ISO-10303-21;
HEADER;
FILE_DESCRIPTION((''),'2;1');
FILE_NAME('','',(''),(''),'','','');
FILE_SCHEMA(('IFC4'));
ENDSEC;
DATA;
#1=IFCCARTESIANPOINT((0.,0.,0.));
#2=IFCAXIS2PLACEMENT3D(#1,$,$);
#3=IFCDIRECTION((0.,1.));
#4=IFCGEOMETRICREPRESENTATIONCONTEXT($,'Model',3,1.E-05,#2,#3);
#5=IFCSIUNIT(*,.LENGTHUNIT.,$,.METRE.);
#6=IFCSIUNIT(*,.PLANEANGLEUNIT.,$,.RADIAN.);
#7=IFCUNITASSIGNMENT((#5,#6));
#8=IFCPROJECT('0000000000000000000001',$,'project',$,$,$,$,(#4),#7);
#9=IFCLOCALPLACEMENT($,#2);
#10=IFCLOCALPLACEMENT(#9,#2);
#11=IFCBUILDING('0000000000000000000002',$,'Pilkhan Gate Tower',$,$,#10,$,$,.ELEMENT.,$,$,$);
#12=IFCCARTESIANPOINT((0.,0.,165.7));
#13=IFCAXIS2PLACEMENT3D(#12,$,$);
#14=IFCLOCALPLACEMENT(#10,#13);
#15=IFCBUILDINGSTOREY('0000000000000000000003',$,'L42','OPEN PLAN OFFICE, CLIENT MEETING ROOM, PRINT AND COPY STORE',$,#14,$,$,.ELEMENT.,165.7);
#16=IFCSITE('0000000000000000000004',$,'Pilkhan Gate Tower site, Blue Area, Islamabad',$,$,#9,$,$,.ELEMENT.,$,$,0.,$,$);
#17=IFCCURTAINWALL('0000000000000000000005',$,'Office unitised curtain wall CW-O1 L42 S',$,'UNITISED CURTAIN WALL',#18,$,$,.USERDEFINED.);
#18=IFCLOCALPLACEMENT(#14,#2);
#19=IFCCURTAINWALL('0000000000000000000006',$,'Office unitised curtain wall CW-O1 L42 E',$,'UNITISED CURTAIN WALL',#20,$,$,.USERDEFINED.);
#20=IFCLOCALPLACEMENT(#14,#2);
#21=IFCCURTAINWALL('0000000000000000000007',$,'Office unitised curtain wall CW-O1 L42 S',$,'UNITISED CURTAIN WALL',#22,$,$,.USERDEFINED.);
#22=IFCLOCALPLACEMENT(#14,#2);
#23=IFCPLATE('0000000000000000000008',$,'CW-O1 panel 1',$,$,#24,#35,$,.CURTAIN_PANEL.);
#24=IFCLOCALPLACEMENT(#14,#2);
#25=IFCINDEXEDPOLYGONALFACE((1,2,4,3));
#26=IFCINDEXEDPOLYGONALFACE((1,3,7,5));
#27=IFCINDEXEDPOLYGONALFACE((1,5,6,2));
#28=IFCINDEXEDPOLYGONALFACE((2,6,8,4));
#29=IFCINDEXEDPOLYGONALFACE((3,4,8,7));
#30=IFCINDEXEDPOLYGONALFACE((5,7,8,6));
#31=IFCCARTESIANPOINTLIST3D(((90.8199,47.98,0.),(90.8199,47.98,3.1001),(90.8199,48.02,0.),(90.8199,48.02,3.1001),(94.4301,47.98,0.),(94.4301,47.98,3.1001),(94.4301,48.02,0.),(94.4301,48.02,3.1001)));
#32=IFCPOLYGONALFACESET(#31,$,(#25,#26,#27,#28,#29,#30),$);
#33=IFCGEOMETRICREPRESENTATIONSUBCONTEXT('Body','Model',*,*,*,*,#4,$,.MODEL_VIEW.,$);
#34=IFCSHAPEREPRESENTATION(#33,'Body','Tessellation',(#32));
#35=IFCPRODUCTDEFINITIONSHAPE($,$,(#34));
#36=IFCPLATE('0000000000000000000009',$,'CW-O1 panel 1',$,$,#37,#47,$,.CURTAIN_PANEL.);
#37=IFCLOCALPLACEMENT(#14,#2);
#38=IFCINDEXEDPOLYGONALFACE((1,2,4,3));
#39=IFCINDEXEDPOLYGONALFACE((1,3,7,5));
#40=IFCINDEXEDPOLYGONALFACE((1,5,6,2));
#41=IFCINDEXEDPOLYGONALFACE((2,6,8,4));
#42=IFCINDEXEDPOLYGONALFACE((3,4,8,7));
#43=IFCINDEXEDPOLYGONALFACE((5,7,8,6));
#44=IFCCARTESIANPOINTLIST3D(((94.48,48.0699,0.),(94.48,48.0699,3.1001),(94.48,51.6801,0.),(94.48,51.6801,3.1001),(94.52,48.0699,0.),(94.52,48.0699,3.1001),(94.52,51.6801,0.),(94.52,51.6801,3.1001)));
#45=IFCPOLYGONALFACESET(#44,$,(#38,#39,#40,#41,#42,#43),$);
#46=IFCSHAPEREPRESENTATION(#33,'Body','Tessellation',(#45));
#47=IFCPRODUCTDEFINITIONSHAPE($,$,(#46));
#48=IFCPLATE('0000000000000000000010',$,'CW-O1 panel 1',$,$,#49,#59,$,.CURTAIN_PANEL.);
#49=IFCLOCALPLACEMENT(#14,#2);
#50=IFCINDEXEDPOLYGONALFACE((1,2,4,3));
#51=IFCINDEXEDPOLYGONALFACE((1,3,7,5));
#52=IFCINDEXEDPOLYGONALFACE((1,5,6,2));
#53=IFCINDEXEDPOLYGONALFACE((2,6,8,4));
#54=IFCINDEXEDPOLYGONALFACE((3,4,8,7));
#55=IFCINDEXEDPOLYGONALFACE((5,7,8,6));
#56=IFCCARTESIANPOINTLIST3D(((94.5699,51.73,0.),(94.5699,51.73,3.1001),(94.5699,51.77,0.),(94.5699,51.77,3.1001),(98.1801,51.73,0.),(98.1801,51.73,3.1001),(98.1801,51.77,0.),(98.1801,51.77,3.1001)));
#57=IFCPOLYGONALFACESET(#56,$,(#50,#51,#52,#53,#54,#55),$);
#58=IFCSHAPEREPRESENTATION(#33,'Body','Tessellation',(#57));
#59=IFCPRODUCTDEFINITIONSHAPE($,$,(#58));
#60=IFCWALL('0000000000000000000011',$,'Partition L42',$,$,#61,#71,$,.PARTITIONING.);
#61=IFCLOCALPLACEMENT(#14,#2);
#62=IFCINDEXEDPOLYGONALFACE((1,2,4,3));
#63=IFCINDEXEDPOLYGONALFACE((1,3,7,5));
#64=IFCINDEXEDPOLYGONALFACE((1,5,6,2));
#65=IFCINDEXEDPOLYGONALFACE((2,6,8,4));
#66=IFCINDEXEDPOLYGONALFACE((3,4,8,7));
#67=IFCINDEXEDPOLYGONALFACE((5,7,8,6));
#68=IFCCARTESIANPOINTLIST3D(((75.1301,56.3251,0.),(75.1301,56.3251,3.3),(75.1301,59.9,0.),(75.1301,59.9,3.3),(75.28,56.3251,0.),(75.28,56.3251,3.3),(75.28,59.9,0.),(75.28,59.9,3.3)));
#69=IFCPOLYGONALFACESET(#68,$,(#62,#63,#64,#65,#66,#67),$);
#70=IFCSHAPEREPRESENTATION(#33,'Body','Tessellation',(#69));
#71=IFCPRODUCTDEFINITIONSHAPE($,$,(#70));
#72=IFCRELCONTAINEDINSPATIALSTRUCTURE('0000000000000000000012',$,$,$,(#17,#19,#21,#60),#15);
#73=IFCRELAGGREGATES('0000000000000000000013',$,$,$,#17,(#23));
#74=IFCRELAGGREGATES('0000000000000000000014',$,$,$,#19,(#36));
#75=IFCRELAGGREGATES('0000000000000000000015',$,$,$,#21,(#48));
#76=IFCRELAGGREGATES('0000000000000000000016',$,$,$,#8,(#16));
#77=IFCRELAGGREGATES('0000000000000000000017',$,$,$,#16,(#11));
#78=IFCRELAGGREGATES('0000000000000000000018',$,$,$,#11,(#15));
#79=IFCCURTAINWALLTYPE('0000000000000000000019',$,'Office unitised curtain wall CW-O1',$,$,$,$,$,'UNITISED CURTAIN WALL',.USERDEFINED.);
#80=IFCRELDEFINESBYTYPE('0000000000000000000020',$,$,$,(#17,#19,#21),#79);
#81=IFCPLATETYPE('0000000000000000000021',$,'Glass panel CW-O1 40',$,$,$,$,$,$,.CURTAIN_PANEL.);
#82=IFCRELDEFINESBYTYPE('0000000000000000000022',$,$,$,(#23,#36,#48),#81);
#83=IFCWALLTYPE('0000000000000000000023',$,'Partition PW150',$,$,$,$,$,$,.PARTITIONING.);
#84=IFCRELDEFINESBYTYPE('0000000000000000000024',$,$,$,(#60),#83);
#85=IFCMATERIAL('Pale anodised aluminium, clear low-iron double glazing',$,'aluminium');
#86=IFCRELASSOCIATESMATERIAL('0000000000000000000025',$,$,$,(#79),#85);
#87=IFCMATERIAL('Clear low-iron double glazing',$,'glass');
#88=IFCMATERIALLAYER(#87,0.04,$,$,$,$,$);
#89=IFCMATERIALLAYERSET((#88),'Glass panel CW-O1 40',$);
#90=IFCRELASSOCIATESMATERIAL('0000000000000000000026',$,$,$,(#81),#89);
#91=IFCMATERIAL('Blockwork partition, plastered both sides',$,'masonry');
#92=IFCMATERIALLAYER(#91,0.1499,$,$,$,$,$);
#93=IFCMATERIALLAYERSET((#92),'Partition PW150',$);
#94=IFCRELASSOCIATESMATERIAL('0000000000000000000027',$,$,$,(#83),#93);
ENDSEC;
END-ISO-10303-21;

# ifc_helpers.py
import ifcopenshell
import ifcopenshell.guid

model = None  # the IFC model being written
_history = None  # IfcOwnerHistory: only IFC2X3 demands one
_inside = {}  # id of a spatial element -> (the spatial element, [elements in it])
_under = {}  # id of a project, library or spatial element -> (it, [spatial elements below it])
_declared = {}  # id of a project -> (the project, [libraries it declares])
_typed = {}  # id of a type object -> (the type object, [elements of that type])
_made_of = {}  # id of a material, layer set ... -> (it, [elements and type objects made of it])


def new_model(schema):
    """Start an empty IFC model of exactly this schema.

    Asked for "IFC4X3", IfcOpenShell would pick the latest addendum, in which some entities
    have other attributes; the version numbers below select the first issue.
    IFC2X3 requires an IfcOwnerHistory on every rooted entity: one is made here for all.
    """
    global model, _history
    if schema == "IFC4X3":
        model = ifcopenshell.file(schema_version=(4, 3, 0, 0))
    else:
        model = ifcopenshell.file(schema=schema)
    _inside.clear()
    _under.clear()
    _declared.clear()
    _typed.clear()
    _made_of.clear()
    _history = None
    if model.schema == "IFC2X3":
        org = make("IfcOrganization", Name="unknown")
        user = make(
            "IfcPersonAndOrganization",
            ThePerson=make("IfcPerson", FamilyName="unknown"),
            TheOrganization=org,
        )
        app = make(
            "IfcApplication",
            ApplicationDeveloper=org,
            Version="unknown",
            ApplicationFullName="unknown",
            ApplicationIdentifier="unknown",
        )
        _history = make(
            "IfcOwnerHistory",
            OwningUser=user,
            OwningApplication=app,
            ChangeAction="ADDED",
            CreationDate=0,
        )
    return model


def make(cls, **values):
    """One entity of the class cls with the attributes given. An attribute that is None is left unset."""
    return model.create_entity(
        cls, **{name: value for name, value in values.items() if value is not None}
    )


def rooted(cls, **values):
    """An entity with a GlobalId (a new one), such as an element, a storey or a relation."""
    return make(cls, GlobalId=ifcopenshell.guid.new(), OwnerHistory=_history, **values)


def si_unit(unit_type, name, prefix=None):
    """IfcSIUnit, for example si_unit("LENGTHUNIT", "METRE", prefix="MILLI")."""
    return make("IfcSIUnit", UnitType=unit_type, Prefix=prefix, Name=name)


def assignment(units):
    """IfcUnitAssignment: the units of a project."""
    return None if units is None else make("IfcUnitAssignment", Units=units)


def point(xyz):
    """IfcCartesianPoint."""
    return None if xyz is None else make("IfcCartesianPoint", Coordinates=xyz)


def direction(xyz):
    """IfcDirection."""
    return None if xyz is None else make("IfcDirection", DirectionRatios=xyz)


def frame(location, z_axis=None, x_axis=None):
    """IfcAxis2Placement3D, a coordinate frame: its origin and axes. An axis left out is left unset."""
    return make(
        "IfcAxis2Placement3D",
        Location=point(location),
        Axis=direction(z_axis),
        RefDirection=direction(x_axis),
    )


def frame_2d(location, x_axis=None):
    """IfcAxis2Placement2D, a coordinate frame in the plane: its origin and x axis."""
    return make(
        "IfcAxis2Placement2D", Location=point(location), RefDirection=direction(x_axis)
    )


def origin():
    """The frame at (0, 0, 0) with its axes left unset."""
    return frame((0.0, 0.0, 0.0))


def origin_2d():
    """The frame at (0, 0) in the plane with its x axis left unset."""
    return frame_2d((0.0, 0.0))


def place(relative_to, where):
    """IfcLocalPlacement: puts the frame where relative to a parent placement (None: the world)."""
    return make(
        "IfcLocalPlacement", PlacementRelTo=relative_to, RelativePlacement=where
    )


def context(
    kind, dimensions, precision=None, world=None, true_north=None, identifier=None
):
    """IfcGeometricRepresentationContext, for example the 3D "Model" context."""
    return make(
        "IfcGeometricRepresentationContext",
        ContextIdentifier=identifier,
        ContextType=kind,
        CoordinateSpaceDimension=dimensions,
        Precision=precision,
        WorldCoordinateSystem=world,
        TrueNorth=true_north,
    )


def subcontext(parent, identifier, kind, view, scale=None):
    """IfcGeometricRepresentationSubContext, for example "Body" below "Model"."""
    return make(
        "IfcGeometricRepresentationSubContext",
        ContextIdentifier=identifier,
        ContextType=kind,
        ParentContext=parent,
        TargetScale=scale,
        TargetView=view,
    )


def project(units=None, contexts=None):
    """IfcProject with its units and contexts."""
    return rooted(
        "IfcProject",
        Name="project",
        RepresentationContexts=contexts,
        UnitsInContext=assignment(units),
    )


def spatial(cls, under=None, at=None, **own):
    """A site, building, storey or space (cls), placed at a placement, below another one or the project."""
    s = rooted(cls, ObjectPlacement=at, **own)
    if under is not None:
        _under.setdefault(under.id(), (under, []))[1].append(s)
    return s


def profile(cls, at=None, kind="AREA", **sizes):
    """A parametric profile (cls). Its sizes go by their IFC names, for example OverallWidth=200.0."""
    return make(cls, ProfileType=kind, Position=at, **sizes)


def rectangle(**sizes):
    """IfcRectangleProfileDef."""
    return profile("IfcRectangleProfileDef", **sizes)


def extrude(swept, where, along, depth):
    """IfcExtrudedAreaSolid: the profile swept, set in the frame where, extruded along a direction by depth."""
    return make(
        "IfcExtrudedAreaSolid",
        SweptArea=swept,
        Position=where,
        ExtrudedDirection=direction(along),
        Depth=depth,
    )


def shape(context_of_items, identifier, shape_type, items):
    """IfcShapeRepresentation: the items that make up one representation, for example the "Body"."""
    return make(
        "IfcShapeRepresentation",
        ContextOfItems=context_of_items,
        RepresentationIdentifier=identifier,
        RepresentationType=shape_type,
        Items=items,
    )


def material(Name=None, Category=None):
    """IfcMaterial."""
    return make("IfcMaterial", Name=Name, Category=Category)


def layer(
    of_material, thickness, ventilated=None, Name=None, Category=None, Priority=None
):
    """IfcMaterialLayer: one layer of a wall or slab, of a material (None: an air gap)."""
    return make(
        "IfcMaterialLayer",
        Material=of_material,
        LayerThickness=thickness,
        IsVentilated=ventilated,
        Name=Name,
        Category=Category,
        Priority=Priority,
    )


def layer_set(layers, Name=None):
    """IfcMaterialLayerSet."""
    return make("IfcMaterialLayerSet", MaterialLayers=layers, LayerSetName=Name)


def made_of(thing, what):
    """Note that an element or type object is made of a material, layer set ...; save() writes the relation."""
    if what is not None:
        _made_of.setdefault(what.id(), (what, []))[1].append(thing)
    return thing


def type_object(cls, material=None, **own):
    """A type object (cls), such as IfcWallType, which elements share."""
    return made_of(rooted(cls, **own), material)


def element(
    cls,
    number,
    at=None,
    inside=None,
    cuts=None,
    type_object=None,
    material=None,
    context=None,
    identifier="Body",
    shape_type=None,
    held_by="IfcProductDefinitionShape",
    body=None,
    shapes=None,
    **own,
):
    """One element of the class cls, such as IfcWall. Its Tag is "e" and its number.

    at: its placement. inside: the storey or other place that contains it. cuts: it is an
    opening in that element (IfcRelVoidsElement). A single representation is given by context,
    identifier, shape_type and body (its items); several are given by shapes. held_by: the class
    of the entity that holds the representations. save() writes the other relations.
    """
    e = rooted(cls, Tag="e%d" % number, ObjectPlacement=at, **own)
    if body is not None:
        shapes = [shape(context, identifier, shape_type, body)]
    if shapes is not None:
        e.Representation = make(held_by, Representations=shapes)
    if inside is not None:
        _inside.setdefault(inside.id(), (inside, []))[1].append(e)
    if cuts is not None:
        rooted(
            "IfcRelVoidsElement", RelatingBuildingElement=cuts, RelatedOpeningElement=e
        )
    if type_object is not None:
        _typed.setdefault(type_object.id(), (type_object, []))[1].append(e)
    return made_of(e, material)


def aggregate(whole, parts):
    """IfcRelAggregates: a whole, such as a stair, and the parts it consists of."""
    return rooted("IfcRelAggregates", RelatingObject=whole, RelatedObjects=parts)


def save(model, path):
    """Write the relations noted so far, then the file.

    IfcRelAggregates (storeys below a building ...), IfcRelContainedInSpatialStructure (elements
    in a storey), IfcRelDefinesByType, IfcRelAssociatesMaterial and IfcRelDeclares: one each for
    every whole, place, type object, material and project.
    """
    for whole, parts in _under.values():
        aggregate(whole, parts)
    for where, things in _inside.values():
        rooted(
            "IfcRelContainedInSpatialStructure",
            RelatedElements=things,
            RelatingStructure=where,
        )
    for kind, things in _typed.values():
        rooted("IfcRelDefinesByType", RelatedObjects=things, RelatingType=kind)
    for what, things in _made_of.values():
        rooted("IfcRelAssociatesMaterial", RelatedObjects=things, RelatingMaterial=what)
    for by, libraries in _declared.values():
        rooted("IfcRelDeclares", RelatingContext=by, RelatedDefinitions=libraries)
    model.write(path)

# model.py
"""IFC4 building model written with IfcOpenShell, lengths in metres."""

from ifc_helpers import new_model, si_unit, direction, frame, frame_2d, origin, origin_2d, place, context, subcontext, project, spatial, rectangle, extrude, material, layer, layer_set, type_object, element, aggregate, save


model = new_model("IFC4")

# Units and contexts
model_context = context("Model", 3, precision=1e-05, world=origin(), true_north=direction((0.0, 1.0)))
body_context = subcontext(model_context, "Body", "Model", "MODEL_VIEW")
ifc_project = project(units=[si_unit("LENGTHUNIT", "METRE"), si_unit("PLANEANGLEUNIT", "RADIAN")], contexts=[model_context])

# Site, building, storey
site_placement = place(None, origin())
site = spatial("IfcSite", under=ifc_project, at=site_placement, Name="Pilkhan Gate Tower site, Blue Area, Islamabad", CompositionType="ELEMENT", RefElevation=0.0)
building_placement = place(site_placement, origin())
building = spatial("IfcBuilding", under=site, at=building_placement, Name="Pilkhan Gate Tower", CompositionType="ELEMENT")
storey_placement = place(building_placement, frame((0.0, 0.0, 165.7)))
storey = spatial("IfcBuildingStorey", under=building, at=storey_placement, Name="L42", Description="OPEN PLAN OFFICE, CLIENT MEETING ROOM, PRINT AND COPY STORE", CompositionType="ELEMENT", Elevation=165.7)

# Shared definitions
ifc_material_1 = material(Name="Pale anodised aluminium, clear low-iron double glazing", Category="aluminium")
curtain_wall_type = type_object("IfcCurtainWallType", Name="Office unitised curtain wall CW-O1", ElementType="UNITISED CURTAIN WALL", PredefinedType="USERDEFINED", material=ifc_material_1)

# Curtain walls
curtain_wall_1_placement = place(storey_placement, origin())
curtain_wall_1 = element("IfcCurtainWall", 1, at=curtain_wall_1_placement, inside=storey, type_object=curtain_wall_type, Name="Office unitised curtain wall CW-O1 L42 S", ObjectType="UNITISED CURTAIN WALL", PredefinedType="USERDEFINED")
curtain_wall_2_placement = place(storey_placement, origin())
curtain_wall_2 = element("IfcCurtainWall", 2, at=curtain_wall_2_placement, inside=storey, type_object=curtain_wall_type, Name="Office unitised curtain wall CW-O1 L42 E", ObjectType="UNITISED CURTAIN WALL", PredefinedType="USERDEFINED")
curtain_wall_3_placement = place(storey_placement, origin())
curtain_wall_3 = element("IfcCurtainWall", 3, at=curtain_wall_3_placement, inside=storey, type_object=curtain_wall_type, Name="Office unitised curtain wall CW-O1 L42 S", ObjectType="UNITISED CURTAIN WALL", PredefinedType="USERDEFINED")

# Plates
ifc_material_2 = material(Name="Clear low-iron double glazing", Category="glass")
ifc_layer_1 = layer(ifc_material_2, 0.04)
ifc_layer_set_1 = layer_set([ifc_layer_1], Name="Glass panel CW-O1 40")
plate_type = type_object("IfcPlateType", Name="Glass panel CW-O1 40", PredefinedType="CURTAIN_PANEL", material=ifc_layer_set_1)
plate_1_placement = place(storey_placement, frame((92.625, 48.0, 0.0), z_axis=(0.0, 0.0, 1.0), x_axis=(1.0, 0.0, 0.0)))
plate_1 = element("IfcPlate", 4, at=plate_1_placement, type_object=plate_type, Name="CW-O1 panel 1", PredefinedType="CURTAIN_PANEL", context=body_context, shape_type="SweptSolid", body=[
    extrude(rectangle(XDim=3.6101, YDim=0.04, at=origin_2d()), origin(), (0.0, 0.0, 1.0), 3.1001),
])
aggregate(curtain_wall_1, [plate_1])
plate_2_placement = place(storey_placement, frame((94.5, 49.875, 0.0), z_axis=(0.0, 0.0, 1.0), x_axis=(0.0, 1.0, 0.0)))
plate_2 = element("IfcPlate", 5, at=plate_2_placement, type_object=plate_type, Name="CW-O1 panel 1", PredefinedType="CURTAIN_PANEL", context=body_context, shape_type="SweptSolid", body=[
    extrude(rectangle(XDim=3.6101, YDim=0.04, at=origin_2d()), origin(), (0.0, 0.0, 1.0), 3.1001),
])
aggregate(curtain_wall_2, [plate_2])
plate_3_placement = place(storey_placement, frame((96.375, 51.75, 0.0), z_axis=(0.0, 0.0, 1.0), x_axis=(1.0, 0.0, 0.0)))
plate_3 = element("IfcPlate", 6, at=plate_3_placement, type_object=plate_type, Name="CW-O1 panel 1", PredefinedType="CURTAIN_PANEL", context=body_context, shape_type="SweptSolid", body=[
    extrude(rectangle(XDim=3.6101, YDim=0.04, at=origin_2d()), origin(), (0.0, 0.0, 1.0), 3.1001),
])
aggregate(curtain_wall_3, [plate_3])

# Wall
ifc_material_3 = material(Name="Blockwork partition, plastered both sides", Category="masonry")
ifc_layer_2 = layer(ifc_material_3, 0.1499)
ifc_layer_set_2 = layer_set([ifc_layer_2], Name="Partition PW150")
wall_type = type_object("IfcWallType", Name="Partition PW150", PredefinedType="PARTITIONING", material=ifc_layer_set_2)
wall_placement = place(storey_placement, frame((75.2051, 56.325, 0.0), z_axis=(0.0, 0.0, 1.0), x_axis=(0.0, 1.0, 0.0)))
element("IfcWall", 7, at=wall_placement, inside=storey, type_object=wall_type, Name="Partition L42", PredefinedType="PARTITIONING", context=body_context, shape_type="SweptSolid", body=[
    extrude(rectangle(XDim=3.575, YDim=0.1499, at=frame_2d((1.7876, 0.0))), origin(), (0.0, 0.0, 1.0), 3.3),
])

save(model, "model.ifc")
